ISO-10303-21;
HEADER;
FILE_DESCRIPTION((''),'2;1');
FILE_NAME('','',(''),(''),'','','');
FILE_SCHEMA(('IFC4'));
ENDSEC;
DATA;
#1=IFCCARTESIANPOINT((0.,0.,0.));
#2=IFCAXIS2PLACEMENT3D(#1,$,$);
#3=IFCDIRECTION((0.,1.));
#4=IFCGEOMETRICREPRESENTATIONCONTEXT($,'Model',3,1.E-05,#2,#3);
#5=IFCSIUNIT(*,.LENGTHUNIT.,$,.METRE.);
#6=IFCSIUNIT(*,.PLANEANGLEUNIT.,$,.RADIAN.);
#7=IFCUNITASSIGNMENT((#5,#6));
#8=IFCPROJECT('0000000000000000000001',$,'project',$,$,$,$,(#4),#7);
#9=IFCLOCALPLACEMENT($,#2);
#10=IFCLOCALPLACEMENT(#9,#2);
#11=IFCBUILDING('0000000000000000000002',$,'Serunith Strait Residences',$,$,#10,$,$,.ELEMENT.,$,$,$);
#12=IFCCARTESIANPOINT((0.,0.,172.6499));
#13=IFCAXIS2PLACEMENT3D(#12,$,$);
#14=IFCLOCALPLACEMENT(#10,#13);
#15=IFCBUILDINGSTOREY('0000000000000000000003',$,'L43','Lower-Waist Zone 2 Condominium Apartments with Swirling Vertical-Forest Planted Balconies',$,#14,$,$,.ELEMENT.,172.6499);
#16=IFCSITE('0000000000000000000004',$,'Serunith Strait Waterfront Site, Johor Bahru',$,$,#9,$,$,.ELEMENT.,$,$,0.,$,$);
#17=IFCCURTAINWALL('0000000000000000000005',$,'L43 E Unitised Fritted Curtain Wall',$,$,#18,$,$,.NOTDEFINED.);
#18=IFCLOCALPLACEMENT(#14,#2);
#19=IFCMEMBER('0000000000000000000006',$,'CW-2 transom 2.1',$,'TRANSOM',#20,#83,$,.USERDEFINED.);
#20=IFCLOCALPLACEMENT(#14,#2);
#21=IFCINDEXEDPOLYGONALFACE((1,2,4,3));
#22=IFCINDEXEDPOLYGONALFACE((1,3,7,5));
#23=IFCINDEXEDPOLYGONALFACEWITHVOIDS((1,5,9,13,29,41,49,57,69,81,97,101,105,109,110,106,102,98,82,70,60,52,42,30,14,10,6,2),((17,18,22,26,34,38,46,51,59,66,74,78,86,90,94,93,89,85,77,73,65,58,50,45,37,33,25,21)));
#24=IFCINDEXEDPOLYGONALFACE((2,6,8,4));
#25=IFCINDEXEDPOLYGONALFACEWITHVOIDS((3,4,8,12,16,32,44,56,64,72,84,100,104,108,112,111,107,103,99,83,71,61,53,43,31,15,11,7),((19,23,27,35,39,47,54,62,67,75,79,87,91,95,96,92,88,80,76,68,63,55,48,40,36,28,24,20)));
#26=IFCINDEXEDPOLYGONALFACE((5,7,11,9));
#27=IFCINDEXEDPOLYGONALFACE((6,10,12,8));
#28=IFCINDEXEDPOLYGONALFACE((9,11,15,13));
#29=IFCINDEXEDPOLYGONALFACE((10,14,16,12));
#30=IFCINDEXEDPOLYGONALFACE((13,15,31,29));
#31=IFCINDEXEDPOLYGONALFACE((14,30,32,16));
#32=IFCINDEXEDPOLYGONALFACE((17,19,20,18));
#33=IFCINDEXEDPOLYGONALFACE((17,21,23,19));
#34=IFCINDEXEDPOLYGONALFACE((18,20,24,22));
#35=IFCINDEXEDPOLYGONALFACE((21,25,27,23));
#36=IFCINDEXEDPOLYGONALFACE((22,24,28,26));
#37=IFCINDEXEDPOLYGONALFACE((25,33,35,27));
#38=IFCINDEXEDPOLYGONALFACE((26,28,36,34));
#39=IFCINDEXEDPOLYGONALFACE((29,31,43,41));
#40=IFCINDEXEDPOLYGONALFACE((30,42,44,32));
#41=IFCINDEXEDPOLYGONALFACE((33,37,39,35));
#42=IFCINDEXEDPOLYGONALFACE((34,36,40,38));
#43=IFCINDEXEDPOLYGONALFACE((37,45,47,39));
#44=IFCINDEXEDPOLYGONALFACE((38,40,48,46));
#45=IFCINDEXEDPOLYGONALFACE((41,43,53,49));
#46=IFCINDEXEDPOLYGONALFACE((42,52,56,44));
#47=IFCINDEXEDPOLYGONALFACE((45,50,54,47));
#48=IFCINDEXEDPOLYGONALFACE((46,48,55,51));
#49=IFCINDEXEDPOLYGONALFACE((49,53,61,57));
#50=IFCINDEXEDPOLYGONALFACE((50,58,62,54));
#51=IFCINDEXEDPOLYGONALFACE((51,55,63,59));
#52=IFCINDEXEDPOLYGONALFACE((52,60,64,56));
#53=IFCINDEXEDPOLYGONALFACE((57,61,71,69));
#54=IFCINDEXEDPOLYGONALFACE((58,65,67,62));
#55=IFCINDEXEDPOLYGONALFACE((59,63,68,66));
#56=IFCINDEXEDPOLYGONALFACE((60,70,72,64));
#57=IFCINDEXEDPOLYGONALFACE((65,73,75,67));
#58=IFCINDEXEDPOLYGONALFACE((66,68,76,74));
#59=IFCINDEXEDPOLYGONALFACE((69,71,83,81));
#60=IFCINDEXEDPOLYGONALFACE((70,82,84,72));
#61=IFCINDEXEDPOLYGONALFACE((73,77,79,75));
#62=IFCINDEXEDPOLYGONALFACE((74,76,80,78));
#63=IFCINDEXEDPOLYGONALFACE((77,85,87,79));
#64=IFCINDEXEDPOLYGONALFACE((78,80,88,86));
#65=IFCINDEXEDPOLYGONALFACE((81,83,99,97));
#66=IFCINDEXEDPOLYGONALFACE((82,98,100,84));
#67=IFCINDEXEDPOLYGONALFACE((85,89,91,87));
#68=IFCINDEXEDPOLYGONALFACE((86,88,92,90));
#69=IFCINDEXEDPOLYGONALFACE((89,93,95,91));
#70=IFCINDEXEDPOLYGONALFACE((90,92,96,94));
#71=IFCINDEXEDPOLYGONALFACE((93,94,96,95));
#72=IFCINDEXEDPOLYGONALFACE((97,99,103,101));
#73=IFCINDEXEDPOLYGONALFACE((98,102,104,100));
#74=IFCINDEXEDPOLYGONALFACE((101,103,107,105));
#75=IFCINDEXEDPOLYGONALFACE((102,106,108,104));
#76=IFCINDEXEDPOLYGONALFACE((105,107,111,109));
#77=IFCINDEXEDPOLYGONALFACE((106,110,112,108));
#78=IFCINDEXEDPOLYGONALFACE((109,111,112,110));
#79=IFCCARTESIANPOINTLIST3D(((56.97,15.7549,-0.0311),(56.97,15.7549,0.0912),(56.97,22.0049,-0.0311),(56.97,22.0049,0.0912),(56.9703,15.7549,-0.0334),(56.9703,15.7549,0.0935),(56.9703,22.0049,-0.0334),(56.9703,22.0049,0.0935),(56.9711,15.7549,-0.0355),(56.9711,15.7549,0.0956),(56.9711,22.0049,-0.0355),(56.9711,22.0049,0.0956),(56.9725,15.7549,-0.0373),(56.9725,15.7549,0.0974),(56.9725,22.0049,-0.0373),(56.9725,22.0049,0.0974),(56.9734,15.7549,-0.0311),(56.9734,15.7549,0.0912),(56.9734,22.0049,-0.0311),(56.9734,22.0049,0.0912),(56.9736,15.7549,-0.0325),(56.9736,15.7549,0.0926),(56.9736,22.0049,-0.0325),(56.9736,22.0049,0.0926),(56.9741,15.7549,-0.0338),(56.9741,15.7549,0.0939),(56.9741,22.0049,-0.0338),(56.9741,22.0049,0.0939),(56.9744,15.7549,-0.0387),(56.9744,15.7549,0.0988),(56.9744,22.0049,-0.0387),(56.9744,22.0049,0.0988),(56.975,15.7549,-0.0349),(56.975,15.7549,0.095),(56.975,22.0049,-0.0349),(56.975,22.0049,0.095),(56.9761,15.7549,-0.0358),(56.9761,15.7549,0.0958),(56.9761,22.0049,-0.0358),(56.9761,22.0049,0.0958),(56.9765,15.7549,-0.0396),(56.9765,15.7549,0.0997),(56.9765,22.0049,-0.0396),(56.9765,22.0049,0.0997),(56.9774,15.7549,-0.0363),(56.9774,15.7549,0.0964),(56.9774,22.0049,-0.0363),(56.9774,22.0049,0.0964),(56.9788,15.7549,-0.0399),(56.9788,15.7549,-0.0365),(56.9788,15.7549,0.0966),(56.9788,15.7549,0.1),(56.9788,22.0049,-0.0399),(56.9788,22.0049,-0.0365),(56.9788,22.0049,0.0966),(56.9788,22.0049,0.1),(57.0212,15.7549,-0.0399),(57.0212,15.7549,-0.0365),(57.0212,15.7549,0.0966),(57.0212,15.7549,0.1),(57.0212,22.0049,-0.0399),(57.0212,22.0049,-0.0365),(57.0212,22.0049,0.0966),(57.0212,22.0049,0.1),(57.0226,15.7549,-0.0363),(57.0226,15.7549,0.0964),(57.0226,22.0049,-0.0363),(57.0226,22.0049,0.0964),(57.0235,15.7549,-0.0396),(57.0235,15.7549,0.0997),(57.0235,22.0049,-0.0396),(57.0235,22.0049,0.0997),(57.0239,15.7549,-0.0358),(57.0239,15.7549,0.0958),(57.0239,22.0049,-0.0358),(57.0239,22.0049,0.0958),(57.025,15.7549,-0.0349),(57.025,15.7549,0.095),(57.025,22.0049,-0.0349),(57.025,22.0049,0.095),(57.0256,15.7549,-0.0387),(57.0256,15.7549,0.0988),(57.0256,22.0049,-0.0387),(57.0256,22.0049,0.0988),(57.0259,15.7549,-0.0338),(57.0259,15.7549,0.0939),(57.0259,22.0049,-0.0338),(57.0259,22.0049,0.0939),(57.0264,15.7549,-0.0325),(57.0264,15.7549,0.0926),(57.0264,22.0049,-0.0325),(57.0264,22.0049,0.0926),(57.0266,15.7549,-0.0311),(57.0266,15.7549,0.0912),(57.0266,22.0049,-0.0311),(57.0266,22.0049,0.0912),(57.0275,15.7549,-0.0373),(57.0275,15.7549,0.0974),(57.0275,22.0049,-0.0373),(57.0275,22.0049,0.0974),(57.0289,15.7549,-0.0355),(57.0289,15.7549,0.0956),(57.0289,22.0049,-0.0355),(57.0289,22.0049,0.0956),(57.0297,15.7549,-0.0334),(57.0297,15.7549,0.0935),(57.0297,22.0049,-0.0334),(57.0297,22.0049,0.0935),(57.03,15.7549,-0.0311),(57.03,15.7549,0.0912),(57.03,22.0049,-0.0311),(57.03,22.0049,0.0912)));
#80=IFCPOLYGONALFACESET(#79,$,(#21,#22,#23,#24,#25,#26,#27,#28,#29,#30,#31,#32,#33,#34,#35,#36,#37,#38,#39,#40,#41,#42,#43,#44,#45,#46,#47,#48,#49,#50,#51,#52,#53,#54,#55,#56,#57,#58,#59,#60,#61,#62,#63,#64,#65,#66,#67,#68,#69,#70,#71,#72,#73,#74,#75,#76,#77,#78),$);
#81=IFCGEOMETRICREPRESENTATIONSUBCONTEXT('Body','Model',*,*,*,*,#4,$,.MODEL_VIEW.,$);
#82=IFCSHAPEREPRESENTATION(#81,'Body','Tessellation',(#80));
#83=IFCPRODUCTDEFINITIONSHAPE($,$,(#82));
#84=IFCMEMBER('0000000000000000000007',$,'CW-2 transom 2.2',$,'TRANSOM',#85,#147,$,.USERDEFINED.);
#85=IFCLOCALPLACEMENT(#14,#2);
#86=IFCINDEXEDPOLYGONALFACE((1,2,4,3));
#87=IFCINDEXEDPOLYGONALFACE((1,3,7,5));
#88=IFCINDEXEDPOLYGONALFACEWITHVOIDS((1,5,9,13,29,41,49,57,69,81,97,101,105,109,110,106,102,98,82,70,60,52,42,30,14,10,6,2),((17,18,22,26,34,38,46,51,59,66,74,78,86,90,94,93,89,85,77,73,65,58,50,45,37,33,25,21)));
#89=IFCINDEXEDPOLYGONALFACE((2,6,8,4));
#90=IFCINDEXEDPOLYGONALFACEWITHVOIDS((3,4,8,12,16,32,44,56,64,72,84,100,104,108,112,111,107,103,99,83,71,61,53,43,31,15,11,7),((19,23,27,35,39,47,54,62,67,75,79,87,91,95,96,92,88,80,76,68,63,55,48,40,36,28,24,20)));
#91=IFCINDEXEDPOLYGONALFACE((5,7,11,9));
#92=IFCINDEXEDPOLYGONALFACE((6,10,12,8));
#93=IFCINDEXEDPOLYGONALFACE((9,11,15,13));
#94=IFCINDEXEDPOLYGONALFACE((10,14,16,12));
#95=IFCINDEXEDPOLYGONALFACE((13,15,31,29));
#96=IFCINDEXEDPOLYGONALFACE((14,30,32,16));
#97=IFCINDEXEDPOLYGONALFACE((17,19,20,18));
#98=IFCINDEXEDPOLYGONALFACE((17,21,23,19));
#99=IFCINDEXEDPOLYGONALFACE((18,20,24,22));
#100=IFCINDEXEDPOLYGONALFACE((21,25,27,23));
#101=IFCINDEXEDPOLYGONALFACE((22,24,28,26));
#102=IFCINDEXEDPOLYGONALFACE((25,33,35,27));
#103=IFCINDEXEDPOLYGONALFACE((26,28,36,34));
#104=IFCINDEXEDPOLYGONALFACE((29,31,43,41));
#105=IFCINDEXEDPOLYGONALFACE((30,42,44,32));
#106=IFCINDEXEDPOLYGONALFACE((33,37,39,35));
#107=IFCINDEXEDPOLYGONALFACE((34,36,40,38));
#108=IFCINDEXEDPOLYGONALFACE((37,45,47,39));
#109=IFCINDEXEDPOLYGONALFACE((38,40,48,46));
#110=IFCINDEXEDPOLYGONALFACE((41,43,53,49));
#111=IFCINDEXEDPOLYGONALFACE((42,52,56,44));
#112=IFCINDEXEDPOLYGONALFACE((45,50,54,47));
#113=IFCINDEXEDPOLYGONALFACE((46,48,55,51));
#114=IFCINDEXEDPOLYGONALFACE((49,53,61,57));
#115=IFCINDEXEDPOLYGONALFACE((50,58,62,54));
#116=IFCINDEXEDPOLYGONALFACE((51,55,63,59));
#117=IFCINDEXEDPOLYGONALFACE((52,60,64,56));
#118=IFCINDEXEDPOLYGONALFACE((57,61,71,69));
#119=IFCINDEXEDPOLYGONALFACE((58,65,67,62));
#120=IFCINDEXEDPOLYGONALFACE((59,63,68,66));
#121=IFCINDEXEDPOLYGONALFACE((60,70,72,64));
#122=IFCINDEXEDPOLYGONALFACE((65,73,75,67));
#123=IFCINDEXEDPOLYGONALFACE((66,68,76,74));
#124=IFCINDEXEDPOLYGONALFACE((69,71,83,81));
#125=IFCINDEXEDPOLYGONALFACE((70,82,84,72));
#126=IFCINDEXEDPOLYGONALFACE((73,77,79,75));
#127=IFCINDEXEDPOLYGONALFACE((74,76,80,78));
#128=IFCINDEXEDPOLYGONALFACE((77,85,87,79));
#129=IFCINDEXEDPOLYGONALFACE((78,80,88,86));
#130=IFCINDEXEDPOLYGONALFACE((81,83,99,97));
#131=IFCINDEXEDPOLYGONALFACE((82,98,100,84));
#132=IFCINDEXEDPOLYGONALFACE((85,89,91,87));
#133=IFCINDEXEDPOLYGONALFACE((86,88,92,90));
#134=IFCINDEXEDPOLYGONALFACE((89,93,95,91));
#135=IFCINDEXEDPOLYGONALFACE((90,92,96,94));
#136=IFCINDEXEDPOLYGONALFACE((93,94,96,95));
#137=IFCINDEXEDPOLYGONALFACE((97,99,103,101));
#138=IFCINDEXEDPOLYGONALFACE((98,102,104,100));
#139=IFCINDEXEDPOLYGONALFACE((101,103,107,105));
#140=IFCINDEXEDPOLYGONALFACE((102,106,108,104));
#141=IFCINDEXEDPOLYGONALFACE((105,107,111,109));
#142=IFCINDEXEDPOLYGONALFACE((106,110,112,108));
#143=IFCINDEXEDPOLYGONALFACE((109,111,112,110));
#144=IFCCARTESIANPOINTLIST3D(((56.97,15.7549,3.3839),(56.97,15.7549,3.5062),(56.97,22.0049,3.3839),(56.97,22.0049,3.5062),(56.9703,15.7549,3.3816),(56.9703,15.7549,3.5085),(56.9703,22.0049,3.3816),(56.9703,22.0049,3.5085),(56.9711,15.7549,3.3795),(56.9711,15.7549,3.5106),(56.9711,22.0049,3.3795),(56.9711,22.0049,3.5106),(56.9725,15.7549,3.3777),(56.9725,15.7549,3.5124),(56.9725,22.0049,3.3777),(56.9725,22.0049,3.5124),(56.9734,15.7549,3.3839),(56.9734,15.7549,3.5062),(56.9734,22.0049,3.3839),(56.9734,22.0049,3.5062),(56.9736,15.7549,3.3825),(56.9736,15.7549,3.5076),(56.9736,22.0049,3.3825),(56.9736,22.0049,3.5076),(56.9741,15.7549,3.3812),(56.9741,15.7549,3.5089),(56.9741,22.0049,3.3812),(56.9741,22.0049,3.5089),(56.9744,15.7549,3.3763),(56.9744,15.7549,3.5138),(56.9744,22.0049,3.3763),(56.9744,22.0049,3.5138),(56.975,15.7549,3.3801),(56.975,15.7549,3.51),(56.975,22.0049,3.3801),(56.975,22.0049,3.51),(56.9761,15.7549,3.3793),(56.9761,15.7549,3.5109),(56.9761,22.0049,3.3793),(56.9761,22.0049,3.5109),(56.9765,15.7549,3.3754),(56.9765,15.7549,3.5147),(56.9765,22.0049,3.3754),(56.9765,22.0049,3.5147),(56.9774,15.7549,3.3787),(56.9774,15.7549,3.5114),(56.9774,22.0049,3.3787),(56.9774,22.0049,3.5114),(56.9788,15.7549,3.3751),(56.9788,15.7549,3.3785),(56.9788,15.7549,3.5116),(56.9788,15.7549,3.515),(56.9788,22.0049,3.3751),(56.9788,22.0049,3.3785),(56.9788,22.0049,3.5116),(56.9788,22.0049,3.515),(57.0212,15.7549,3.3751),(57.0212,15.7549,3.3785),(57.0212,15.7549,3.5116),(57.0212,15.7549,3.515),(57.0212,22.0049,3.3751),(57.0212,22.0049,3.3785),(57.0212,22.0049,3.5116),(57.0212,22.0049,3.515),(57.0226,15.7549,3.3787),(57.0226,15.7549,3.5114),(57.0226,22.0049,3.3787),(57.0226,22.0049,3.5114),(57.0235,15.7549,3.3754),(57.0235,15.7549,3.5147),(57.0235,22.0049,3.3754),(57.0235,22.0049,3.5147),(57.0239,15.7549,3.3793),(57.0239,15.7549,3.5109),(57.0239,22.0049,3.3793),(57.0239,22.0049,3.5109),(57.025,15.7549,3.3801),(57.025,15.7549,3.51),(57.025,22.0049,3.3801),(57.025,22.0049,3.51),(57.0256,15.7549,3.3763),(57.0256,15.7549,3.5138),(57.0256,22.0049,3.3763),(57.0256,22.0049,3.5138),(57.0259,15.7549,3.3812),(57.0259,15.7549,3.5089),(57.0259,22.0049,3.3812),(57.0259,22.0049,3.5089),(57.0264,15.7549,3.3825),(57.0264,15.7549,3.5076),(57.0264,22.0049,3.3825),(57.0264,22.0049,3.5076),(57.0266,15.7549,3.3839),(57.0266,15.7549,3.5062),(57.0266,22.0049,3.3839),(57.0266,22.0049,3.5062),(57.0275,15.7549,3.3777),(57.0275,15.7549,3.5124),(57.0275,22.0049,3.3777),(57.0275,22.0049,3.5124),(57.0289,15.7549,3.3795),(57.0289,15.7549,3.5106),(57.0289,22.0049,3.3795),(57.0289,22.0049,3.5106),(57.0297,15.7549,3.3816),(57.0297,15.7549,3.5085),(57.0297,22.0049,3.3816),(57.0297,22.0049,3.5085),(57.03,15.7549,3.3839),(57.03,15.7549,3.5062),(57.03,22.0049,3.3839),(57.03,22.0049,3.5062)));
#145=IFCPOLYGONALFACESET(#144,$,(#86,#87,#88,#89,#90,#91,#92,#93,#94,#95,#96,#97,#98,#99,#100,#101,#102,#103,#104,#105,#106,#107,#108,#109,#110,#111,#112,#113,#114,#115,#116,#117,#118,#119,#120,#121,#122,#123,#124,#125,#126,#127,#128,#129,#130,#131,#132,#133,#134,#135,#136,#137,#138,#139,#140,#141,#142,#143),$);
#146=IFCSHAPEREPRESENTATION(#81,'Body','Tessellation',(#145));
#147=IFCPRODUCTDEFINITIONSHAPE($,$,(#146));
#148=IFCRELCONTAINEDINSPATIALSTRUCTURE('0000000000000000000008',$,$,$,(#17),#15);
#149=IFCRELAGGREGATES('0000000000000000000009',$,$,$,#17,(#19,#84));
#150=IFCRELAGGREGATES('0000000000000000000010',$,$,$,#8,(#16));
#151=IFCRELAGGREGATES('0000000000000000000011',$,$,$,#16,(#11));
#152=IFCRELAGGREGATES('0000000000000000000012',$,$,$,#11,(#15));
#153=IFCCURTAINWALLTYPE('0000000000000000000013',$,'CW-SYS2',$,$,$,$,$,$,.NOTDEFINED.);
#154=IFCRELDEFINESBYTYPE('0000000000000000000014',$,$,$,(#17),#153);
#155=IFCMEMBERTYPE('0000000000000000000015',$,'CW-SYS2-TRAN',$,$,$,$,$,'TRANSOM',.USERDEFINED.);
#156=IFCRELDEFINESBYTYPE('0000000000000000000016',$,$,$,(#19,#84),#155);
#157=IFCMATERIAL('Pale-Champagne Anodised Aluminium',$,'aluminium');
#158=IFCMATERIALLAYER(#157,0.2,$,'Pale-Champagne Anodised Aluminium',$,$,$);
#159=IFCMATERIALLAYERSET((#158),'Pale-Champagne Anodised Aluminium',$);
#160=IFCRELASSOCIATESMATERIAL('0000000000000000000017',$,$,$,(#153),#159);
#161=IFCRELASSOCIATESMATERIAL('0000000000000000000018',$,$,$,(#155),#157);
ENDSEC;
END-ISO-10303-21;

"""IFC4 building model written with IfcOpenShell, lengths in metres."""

from ifc_helpers import new_model, si_unit, direction, frame, origin, origin_2d, place, context, subcontext, project, spatial, hollow_rectangle, extrude, source, transform, mapped, material, layer, layer_set, material_profile, profile_set, type_object, element, aggregate, save


model = new_model("IFC4")

# Units and contexts
model_context = context("Model", 3, precision=1e-05, world=origin(), true_north=direction((0.0, 1.0)))
body_context = subcontext(model_context, "Body", "Model", "MODEL_VIEW")
ifc_project = project(units=[si_unit("LENGTHUNIT", "METRE"), si_unit("PLANEANGLEUNIT", "RADIAN")], contexts=[model_context])

# Site, building, storey
site_placement = place(None, origin())
site = spatial("IfcSite", under=ifc_project, at=site_placement, Name="Serunith Strait Waterfront Site, Johor Bahru", CompositionType="ELEMENT", RefElevation=0.0)
building_placement = place(site_placement, origin())
building = spatial("IfcBuilding", under=site, at=building_placement, Name="Serunith Strait Residences", CompositionType="ELEMENT")
storey_placement = place(building_placement, frame((0.0, 0.0, 172.6499)))
storey = spatial("IfcBuildingStorey", under=building, at=storey_placement, Name="L43", Description="Lower-Waist Zone 2 Condominium Apartments with Swirling Vertical-Forest Planted Balconies", CompositionType="ELEMENT", Elevation=172.6499)

# Curtain wall, members
ifc_material_1 = material(Name="Pale-Champagne Anodised Aluminium", Category="aluminium")
ifc_layer_1 = layer(ifc_material_1, 0.2, Name="Pale-Champagne Anodised Aluminium")
ifc_layer_set_1 = layer_set([ifc_layer_1], Name="Pale-Champagne Anodised Aluminium")
curtain_wall_type = type_object("IfcCurtainWallType", Name="CW-SYS2", PredefinedType="NOTDEFINED", material=ifc_layer_set_1)
curtain_wall_placement = place(storey_placement, origin())
curtain_wall = element("IfcCurtainWall", 1, at=curtain_wall_placement, inside=storey, type_object=curtain_wall_type, Name="L43 E Unitised Fritted Curtain Wall", PredefinedType="NOTDEFINED")
ifc_material_profile_1 = material_profile(ifc_material_1, hollow_rectangle(XDim=0.0601, YDim=0.1399, WallThickness=0.0034, InnerFilletRadius=0.0054, OuterFilletRadius=0.0088, at=origin_2d()), Name="ALU 140x60x3.5")
ifc_profile_set_1 = profile_set([ifc_material_profile_1], Name="Pale-Champagne Anodised Aluminium")
member_type_1 = type_object("IfcMemberType", Name="CW-SYS2-TRAN", ElementType="TRANSOM", PredefinedType="USERDEFINED", material=ifc_profile_set_1)
shared_shape_1 = source(origin(), body_context, "Body", "SweptSolid", [
    extrude(hollow_rectangle(XDim=0.0601, YDim=0.1399, WallThickness=0.0034, InnerFilletRadius=0.0054, OuterFilletRadius=0.0088, at=origin_2d()), origin(), (0.0, 0.0, 1.0), 6.25),
])
member_1_placement = place(storey_placement, frame((57.0, 15.7549, 0.03), z_axis=(0.0, 1.0, 0.0), x_axis=(-1.0, 0.0, 0.0)))
member_1 = element("IfcMember", 2, at=member_1_placement, type_object=member_type_1, Name="CW-2 transom 2.1", ObjectType="TRANSOM", PredefinedType="USERDEFINED", context=body_context, shape_type="MappedRepresentation", body=[
    mapped(shared_shape_1, transform((0.0, 0.0, 0.0), scale=1.0)),
])
member_2_placement = place(storey_placement, frame((57.0, 15.7549, 3.4451), z_axis=(0.0, 1.0, 0.0), x_axis=(-1.0, 0.0, 0.0)))
member_2 = element("IfcMember", 3, at=member_2_placement, type_object=member_type_1, Name="CW-2 transom 2.2", ObjectType="TRANSOM", PredefinedType="USERDEFINED", context=body_context, shape_type="MappedRepresentation", body=[
    mapped(shared_shape_1, transform((0.0, 0.0, 0.0), scale=1.0)),
])
aggregate(curtain_wall, [member_1, member_2])

save(model, "model.ifc")
